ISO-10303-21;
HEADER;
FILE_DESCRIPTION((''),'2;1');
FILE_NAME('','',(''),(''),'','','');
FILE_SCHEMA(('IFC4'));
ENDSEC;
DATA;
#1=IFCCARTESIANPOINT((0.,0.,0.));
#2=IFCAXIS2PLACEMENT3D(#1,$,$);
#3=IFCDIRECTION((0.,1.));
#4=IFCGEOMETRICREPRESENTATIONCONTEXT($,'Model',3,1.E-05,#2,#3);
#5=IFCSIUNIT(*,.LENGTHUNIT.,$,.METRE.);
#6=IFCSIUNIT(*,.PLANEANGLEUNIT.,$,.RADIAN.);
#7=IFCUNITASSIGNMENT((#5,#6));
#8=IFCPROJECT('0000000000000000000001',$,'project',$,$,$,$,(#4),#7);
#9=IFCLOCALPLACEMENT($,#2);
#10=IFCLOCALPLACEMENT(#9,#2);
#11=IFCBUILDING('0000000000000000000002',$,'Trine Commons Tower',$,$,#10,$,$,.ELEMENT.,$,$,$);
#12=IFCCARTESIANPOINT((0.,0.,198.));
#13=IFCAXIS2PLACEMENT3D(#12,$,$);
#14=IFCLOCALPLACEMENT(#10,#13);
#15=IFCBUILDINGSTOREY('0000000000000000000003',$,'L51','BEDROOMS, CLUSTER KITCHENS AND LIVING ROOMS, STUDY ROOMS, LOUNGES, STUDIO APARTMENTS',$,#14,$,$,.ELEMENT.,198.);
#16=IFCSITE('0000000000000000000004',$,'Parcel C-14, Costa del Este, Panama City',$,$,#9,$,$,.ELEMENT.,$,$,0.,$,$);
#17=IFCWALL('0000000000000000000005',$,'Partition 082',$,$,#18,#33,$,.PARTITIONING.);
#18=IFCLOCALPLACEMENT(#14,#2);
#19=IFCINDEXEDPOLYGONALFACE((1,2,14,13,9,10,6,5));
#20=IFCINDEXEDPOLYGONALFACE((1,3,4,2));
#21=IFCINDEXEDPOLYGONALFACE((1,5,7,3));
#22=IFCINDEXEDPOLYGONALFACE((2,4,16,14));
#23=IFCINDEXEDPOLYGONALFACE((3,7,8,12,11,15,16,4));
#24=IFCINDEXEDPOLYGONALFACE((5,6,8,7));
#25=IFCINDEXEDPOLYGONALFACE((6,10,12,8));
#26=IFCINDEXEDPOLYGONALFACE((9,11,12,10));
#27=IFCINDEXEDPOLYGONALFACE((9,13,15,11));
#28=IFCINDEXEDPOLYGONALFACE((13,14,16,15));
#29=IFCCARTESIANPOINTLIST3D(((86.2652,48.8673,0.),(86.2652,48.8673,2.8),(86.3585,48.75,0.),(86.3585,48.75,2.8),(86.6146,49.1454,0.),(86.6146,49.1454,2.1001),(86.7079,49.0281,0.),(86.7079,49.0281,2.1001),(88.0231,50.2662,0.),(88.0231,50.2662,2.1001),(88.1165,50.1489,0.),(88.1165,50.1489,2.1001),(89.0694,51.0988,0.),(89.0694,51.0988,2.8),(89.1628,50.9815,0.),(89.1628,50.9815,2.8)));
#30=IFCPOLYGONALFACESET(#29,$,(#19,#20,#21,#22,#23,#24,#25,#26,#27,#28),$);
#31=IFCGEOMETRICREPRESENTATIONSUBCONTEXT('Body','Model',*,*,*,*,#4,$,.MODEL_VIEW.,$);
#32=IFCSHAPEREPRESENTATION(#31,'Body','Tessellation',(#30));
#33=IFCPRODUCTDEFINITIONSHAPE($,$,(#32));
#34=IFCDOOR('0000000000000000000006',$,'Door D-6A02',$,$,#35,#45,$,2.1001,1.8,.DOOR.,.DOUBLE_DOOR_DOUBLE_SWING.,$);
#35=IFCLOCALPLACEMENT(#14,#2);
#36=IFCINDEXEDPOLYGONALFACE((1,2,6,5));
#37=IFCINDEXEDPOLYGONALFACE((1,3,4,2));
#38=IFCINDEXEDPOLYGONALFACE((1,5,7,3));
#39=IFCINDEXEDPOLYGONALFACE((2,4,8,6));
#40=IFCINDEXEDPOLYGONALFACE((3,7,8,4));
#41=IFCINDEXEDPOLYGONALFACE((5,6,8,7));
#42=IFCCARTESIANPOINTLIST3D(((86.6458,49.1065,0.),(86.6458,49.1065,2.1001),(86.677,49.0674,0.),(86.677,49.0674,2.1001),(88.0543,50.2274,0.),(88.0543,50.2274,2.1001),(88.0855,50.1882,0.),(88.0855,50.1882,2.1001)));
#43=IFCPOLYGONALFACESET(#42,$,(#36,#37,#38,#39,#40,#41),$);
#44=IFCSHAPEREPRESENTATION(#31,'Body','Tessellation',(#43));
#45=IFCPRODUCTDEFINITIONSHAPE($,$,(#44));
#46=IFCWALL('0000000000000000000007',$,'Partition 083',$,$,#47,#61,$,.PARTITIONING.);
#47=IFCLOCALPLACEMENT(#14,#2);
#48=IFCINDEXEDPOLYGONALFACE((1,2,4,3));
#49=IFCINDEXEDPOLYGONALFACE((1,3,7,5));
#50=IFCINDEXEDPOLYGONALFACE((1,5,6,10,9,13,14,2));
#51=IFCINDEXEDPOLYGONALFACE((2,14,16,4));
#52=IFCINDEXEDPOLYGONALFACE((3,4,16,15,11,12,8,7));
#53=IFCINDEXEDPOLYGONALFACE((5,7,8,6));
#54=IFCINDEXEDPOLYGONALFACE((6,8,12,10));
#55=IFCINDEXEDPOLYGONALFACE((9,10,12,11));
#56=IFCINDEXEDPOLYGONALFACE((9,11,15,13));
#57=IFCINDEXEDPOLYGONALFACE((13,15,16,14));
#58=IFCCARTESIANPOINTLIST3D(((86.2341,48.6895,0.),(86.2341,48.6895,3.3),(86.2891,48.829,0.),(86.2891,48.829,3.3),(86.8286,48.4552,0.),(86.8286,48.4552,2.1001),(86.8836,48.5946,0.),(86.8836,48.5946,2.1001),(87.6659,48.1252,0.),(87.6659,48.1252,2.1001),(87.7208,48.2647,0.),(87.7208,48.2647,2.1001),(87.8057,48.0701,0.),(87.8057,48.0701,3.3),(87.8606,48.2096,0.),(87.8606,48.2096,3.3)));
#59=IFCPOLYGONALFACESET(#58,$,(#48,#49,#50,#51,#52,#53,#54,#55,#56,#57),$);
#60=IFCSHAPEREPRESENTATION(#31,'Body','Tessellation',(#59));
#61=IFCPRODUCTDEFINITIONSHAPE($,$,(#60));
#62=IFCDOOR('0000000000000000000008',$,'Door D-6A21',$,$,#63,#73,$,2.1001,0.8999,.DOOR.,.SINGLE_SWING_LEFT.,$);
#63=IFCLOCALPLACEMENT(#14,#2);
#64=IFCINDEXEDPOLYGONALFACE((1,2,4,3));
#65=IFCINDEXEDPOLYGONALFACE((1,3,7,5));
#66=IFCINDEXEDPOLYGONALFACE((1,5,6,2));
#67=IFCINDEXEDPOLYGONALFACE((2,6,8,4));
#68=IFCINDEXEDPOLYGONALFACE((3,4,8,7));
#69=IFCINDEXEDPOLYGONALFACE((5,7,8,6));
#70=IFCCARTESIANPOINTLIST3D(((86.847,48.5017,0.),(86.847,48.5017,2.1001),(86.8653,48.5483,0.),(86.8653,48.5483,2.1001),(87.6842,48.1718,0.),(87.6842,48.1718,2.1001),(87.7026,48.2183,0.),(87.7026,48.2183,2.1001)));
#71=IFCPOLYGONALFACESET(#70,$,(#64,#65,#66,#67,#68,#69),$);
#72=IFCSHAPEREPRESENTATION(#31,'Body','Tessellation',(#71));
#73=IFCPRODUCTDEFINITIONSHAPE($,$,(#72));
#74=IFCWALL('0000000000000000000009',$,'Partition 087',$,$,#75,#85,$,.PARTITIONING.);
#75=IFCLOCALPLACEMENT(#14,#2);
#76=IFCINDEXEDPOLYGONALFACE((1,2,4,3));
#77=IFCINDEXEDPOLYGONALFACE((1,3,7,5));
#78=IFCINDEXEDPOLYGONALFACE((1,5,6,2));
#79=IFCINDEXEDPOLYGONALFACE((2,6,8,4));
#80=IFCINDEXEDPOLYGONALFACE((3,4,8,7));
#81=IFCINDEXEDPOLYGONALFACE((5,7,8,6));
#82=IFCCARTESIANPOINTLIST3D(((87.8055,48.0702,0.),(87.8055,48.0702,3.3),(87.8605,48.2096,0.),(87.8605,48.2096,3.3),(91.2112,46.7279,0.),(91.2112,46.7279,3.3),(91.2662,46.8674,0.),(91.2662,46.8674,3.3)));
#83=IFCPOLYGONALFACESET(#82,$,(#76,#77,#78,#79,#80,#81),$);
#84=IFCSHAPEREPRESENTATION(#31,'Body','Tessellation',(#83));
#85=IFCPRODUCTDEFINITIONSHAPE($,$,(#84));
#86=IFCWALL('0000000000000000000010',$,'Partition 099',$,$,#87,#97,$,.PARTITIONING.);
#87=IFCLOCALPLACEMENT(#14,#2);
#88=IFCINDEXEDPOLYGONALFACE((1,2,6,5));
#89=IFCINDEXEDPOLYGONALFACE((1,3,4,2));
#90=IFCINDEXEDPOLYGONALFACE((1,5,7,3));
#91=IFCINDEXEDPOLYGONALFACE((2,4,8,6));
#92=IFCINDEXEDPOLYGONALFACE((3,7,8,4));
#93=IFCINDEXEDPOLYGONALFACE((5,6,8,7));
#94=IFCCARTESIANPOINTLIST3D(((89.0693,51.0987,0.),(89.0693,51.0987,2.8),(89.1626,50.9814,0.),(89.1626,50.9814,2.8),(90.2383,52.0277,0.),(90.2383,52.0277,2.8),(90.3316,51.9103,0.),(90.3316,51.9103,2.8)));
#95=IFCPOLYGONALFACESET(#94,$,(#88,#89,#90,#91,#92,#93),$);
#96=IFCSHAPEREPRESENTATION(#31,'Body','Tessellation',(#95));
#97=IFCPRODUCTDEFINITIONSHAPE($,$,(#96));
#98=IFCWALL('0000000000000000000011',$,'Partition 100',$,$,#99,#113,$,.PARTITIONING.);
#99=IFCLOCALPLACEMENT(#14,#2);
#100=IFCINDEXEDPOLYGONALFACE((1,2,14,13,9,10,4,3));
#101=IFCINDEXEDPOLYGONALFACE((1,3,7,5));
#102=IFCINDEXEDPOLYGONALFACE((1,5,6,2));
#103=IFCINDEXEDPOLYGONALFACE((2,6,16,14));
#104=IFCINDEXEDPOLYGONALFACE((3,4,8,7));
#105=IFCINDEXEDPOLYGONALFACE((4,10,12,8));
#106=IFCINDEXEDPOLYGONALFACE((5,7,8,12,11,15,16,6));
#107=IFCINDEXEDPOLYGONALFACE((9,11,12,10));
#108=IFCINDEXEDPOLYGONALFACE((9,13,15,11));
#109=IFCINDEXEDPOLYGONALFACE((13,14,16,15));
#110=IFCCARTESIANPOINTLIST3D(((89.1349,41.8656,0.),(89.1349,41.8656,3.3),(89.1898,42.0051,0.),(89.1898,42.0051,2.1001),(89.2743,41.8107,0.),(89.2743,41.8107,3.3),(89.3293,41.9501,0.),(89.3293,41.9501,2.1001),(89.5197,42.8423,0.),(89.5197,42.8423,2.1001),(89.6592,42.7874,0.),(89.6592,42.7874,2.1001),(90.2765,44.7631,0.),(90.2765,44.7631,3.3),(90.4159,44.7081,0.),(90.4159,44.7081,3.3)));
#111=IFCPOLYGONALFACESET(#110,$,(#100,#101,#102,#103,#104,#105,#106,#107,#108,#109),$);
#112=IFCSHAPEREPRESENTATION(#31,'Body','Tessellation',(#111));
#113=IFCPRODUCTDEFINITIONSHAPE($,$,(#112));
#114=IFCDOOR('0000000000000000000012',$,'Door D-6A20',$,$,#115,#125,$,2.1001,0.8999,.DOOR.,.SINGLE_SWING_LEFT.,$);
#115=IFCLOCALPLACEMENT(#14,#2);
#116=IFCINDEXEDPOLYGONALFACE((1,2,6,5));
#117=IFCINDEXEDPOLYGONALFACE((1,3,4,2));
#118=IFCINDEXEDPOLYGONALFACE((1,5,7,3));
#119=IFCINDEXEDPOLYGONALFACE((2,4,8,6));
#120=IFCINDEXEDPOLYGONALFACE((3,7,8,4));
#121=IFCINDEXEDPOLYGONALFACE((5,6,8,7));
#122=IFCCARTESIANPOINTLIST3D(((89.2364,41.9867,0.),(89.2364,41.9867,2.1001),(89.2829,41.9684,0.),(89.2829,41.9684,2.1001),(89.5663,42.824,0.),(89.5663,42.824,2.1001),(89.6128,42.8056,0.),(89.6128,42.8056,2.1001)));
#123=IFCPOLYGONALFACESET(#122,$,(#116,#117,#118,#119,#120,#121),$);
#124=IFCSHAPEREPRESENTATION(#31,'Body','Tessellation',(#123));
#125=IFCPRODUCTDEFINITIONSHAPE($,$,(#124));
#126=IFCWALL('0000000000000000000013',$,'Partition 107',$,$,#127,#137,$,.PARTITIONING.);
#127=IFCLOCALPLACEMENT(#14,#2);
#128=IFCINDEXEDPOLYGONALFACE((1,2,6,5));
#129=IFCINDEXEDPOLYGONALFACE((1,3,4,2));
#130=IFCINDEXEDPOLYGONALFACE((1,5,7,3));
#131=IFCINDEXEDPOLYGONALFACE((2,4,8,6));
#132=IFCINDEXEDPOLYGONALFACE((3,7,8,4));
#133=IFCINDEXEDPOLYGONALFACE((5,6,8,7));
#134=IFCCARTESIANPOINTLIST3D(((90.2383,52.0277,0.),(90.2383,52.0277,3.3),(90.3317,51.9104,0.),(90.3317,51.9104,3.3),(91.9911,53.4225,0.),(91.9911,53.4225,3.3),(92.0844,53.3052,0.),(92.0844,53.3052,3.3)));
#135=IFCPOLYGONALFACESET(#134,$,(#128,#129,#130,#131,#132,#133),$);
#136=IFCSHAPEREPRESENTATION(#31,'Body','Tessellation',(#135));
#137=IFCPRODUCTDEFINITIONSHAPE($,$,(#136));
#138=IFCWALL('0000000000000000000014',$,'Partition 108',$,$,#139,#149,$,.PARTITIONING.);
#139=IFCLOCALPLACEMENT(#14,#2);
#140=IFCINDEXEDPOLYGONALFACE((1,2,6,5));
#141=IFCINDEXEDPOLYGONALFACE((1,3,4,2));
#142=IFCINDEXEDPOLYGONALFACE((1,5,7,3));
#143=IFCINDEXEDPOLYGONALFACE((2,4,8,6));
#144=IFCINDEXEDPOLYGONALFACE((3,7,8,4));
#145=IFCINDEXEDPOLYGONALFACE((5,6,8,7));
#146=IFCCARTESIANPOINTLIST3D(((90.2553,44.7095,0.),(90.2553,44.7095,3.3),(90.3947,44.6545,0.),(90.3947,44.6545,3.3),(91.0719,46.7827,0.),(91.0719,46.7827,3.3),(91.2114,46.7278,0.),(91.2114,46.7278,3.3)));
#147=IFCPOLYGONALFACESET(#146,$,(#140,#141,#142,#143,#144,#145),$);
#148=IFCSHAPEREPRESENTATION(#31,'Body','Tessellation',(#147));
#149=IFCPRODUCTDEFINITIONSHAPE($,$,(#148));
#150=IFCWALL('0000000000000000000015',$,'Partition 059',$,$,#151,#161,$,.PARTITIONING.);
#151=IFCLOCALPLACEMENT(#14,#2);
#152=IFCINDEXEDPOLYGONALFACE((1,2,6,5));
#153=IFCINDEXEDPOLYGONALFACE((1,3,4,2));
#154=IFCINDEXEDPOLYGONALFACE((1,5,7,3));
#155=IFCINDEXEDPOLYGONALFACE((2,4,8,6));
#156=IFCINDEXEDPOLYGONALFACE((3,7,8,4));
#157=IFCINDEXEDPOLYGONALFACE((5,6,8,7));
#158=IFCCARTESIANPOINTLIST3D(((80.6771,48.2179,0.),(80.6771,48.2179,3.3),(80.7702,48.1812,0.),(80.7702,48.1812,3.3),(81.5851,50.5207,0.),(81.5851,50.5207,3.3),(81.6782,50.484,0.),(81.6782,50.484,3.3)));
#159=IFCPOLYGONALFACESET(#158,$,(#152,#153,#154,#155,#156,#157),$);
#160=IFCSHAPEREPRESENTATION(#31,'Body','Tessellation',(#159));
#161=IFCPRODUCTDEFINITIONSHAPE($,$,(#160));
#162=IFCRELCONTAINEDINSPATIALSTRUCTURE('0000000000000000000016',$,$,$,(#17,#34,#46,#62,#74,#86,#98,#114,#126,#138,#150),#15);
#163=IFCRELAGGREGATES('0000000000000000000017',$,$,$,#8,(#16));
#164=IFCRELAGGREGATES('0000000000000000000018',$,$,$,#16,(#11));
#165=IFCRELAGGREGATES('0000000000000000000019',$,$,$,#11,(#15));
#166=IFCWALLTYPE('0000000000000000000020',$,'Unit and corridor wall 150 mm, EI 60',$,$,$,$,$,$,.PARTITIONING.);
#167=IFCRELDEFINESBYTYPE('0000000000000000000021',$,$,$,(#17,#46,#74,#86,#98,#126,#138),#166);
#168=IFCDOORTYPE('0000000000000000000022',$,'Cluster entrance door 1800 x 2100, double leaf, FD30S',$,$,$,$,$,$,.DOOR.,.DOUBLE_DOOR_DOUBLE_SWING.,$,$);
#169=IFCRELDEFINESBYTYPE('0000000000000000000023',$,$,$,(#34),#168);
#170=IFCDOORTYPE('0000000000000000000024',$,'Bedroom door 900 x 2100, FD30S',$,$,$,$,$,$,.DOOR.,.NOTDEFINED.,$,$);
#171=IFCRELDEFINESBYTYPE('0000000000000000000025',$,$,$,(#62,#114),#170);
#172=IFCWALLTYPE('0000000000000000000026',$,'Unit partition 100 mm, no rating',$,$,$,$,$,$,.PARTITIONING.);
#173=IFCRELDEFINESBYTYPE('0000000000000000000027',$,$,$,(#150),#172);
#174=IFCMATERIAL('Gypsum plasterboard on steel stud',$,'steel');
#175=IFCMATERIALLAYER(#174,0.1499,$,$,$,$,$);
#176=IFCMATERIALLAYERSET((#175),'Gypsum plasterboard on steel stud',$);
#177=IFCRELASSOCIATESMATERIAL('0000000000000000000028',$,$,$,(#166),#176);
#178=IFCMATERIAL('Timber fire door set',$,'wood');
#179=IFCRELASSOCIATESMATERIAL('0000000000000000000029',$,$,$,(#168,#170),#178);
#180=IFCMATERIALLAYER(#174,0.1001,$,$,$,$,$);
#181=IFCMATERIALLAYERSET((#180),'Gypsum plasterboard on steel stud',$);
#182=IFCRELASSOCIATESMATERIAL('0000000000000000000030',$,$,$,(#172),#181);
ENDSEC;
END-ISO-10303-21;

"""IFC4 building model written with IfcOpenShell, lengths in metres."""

from ifc_helpers import new_model, si_unit, direction, frame, frame_2d, origin, place, context, subcontext, project, spatial, rectangle, extrude, material, layer, layer_set, type_object, element, fill, save


model = new_model("IFC4")

# Units and contexts
model_context = context("Model", 3, precision=1e-05, world=origin(), true_north=direction((0.0, 1.0)))
body_context = subcontext(model_context, "Body", "Model", "MODEL_VIEW")
ifc_project = project(units=[si_unit("LENGTHUNIT", "METRE"), si_unit("PLANEANGLEUNIT", "RADIAN")], contexts=[model_context])

# Site, building, storey
site_placement = place(None, origin())
site = spatial("IfcSite", under=ifc_project, at=site_placement, Name="Parcel C-14, Costa del Este, Panama City", CompositionType="ELEMENT", RefElevation=0.0)
building_placement = place(site_placement, origin())
building = spatial("IfcBuilding", under=site, at=building_placement, Name="Trine Commons Tower", CompositionType="ELEMENT")
storey_placement = place(building_placement, frame((0.0, 0.0, 198.0)))
storey = spatial("IfcBuildingStorey", under=building, at=storey_placement, Name="L51", Description="BEDROOMS, CLUSTER KITCHENS AND LIVING ROOMS, STUDY ROOMS, LOUNGES, STUDIO APARTMENTS", CompositionType="ELEMENT", Elevation=198.0)

# Shared definitions
ifc_material_1 = material(Name="Gypsum plasterboard on steel stud", Category="steel")
ifc_layer_1 = layer(ifc_material_1, 0.1499)
ifc_layer_set_1 = layer_set([ifc_layer_1], Name="Gypsum plasterboard on steel stud")
wall_type_1 = type_object("IfcWallType", Name="Unit and corridor wall 150 mm, EI 60", PredefinedType="PARTITIONING", material=ifc_layer_set_1)

# Shared definitions
ifc_material_2 = material(Name="Timber fire door set", Category="wood")

# Walls, openings, doors
wall_1_placement = place(storey_placement, frame((86.3118, 48.8086, 0.0), z_axis=(0.0, 0.0, 1.0), x_axis=(0.782488, 0.622666, 0.0)))
wall_1 = element("IfcWall", 1, at=wall_1_placement, inside=storey, type_object=wall_type_1, Name="Partition 082", PredefinedType="PARTITIONING", context=body_context, shape_type="SweptSolid", body=[
    extrude(rectangle(XDim=3.5837, YDim=0.1499, at=frame_2d((1.792, 0.0))), origin(), (0.0, 0.0, 1.0), 2.8),
])
opening_1_placement = place(wall_1_placement, frame((0.4468, 0.0, 0.0)))
opening_1 = element("IfcOpeningElement", 2, at=opening_1_placement, cuts=wall_1, PredefinedType="OPENING", context=body_context, shape_type="SweptSolid", body=[
    extrude(rectangle(XDim=1.8, YDim=2.1001, at=frame_2d((0.8999, 1.05))), frame((0.0, 0.085, 0.0), z_axis=(0.0, -1.0, 0.0), x_axis=(1.0, 0.0, 0.0)), (0.0, 0.0, 1.0), 0.1699),
])
door_type_1 = type_object("IfcDoorType", Name="Cluster entrance door 1800 x 2100, double leaf, FD30S", OperationType="DOUBLE_DOOR_DOUBLE_SWING", PredefinedType="DOOR", material=ifc_material_2)
door_1_placement = place(opening_1_placement, frame((1.8, 0.0, 0.0), z_axis=(0.0, 0.0, 1.0), x_axis=(-1.0, 0.0, 0.0)))
door_1 = element("IfcDoor", 3, at=door_1_placement, inside=storey, type_object=door_type_1, Name="Door D-6A02", OperationType="DOUBLE_DOOR_DOUBLE_SWING", OverallHeight=2.1001, OverallWidth=1.8, PredefinedType="DOOR", context=body_context, shape_type="SweptSolid", body=[
    extrude(rectangle(XDim=1.8, YDim=2.1001, at=frame_2d((0.8999, 1.05))), frame((0.0, 0.0249, 0.0), z_axis=(0.0, -1.0, 0.0), x_axis=(1.0, 0.0, 0.0)), (0.0, 0.0, 1.0), 0.05),
])
fill(opening_1, door_1)
wall_2_placement = place(storey_placement, frame((86.2615, 48.7593, 0.0), z_axis=(0.0, 0.0, 1.0), x_axis=(0.930349, -0.366676, 0.0)))
wall_2 = element("IfcWall", 4, at=wall_2_placement, inside=storey, type_object=wall_type_1, Name="Partition 083", PredefinedType="PARTITIONING", context=body_context, shape_type="SweptSolid", body=[
    extrude(rectangle(XDim=1.6892, YDim=0.1499, at=frame_2d((0.8447, 0.0))), origin(), (0.0, 0.0, 1.0), 3.3),
])
opening_2_placement = place(wall_2_placement, frame((0.6392, 0.0, 0.0)))
opening_2 = element("IfcOpeningElement", 5, at=opening_2_placement, cuts=wall_2, PredefinedType="OPENING", context=body_context, shape_type="SweptSolid", body=[
    extrude(rectangle(XDim=0.8999, YDim=2.1001, at=frame_2d((0.45, 1.05))), frame((0.0, 0.085, 0.0), z_axis=(0.0, -1.0, 0.0), x_axis=(1.0, 0.0, 0.0)), (0.0, 0.0, 1.0), 0.1699),
])
door_type_2 = type_object("IfcDoorType", Name="Bedroom door 900 x 2100, FD30S", OperationType="NOTDEFINED", PredefinedType="DOOR", material=ifc_material_2)
door_2_placement = place(opening_2_placement, frame((0.8999, 0.0, 0.0), z_axis=(0.0, 0.0, 1.0), x_axis=(-1.0, 0.0, 0.0)))
door_2 = element("IfcDoor", 6, at=door_2_placement, inside=storey, type_object=door_type_2, Name="Door D-6A21", OperationType="SINGLE_SWING_LEFT", OverallHeight=2.1001, OverallWidth=0.8999, PredefinedType="DOOR", context=body_context, shape_type="SweptSolid", body=[
    extrude(rectangle(XDim=0.8999, YDim=2.1001, at=frame_2d((0.45, 1.05))), frame((0.0, 0.0249, 0.0), z_axis=(0.0, -1.0, 0.0), x_axis=(1.0, 0.0, 0.0)), (0.0, 0.0, 1.0), 0.05),
])
fill(opening_2, door_2)

# Walls
wall_3_placement = place(storey_placement, frame((87.833, 48.1399, 0.0), z_axis=(0.0, 0.0, 1.0), x_axis=(0.93035, -0.366671, 0.0)))
element("IfcWall", 7, at=wall_3_placement, inside=storey, type_object=wall_type_1, Name="Partition 087", PredefinedType="PARTITIONING", context=body_context, shape_type="SweptSolid", body=[
    extrude(rectangle(XDim=3.6606, YDim=0.1499, at=frame_2d((1.8303, 0.0))), origin(), (0.0, 0.0, 1.0), 3.3),
])
wall_4_placement = place(storey_placement, frame((89.116, 51.04, 0.0), z_axis=(0.0, 0.0, 1.0), x_axis=(0.782891, 0.622159, 0.0)))
element("IfcWall", 8, at=wall_4_placement, inside=storey, type_object=wall_type_1, Name="Partition 099", PredefinedType="PARTITIONING", context=body_context, shape_type="SweptSolid", body=[
    extrude(rectangle(XDim=1.4932, YDim=0.1499, at=frame_2d((0.7466, 0.0))), origin(), (0.0, 0.0, 1.0), 2.8),
])

# Wall, opening, door
wall_5_placement = place(storey_placement, frame((89.2046, 41.8381, 0.0), z_axis=(0.0, 0.0, 1.0), x_axis=(0.366574, 0.930389, 0.0)))
wall_5 = element("IfcWall", 9, at=wall_5_placement, inside=storey, type_object=wall_type_1, Name="Partition 100", PredefinedType="PARTITIONING", context=body_context, shape_type="SweptSolid", body=[
    extrude(rectangle(XDim=3.1143, YDim=0.1499, at=frame_2d((1.5571, 0.0))), origin(), (0.0, 0.0, 1.0), 3.3),
])
opening_3_placement = place(wall_5_placement, frame((0.1499, 0.0, 0.0)))
opening_3 = element("IfcOpeningElement", 10, at=opening_3_placement, cuts=wall_5, PredefinedType="OPENING", context=body_context, shape_type="SweptSolid", body=[
    extrude(rectangle(XDim=0.8999, YDim=2.1001, at=frame_2d((0.45, 1.05))), frame((0.0, 0.085, 0.0), z_axis=(0.0, -1.0, 0.0), x_axis=(1.0, 0.0, 0.0)), (0.0, 0.0, 1.0), 0.1699),
])
door_3_placement = place(opening_3_placement, origin())
door_3 = element("IfcDoor", 11, at=door_3_placement, inside=storey, type_object=door_type_2, Name="Door D-6A20", OperationType="SINGLE_SWING_LEFT", OverallHeight=2.1001, OverallWidth=0.8999, PredefinedType="DOOR", context=body_context, shape_type="SweptSolid", body=[
    extrude(rectangle(XDim=0.8999, YDim=2.1001, at=frame_2d((0.45, 1.05))), frame((0.0, 0.0249, 0.0), z_axis=(0.0, -1.0, 0.0), x_axis=(1.0, 0.0, 0.0)), (0.0, 0.0, 1.0), 0.05),
])
fill(opening_3, door_3)

# Walls
wall_6_placement = place(storey_placement, frame((90.2849, 51.969, 0.0), z_axis=(0.0, 0.0, 1.0), x_axis=(0.782472, 0.622686, 0.0)))
element("IfcWall", 12, at=wall_6_placement, inside=storey, type_object=wall_type_1, Name="Partition 107", PredefinedType="PARTITIONING", context=body_context, shape_type="SweptSolid", body=[
    extrude(rectangle(XDim=2.24, YDim=0.1499, at=frame_2d((1.1201, 0.0))), origin(), (0.0, 0.0, 1.0), 3.3),
])
wall_7_placement = place(storey_placement, frame((90.325, 44.6819, 0.0), z_axis=(0.0, 0.0, 1.0), x_axis=(0.366493, 0.930421, 0.0)))
element("IfcWall", 13, at=wall_7_placement, inside=storey, type_object=wall_type_1, Name="Partition 108", PredefinedType="PARTITIONING", context=body_context, shape_type="SweptSolid", body=[
    extrude(rectangle(XDim=2.2283, YDim=0.1499, at=frame_2d((1.1143, 0.0))), origin(), (0.0, 0.0, 1.0), 3.3),
])
ifc_layer_2 = layer(ifc_material_1, 0.1001)
ifc_layer_set_2 = layer_set([ifc_layer_2], Name="Gypsum plasterboard on steel stud")
wall_type_2 = type_object("IfcWallType", Name="Unit partition 100 mm, no rating", PredefinedType="PARTITIONING", material=ifc_layer_set_2)
wall_8_placement = place(storey_placement, frame((80.7236, 48.1995, 0.0), z_axis=(0.0, 0.0, 1.0), x_axis=(0.366812, 0.930295, 0.0)))
element("IfcWall", 14, at=wall_8_placement, inside=storey, type_object=wall_type_2, Name="Partition 059", PredefinedType="PARTITIONING", context=body_context, shape_type="SweptSolid", body=[
    extrude(rectangle(XDim=2.4753, YDim=0.1001, at=frame_2d((1.2378, 0.0))), origin(), (0.0, 0.0, 1.0), 3.3),
])

save(model, "model.ifc")
